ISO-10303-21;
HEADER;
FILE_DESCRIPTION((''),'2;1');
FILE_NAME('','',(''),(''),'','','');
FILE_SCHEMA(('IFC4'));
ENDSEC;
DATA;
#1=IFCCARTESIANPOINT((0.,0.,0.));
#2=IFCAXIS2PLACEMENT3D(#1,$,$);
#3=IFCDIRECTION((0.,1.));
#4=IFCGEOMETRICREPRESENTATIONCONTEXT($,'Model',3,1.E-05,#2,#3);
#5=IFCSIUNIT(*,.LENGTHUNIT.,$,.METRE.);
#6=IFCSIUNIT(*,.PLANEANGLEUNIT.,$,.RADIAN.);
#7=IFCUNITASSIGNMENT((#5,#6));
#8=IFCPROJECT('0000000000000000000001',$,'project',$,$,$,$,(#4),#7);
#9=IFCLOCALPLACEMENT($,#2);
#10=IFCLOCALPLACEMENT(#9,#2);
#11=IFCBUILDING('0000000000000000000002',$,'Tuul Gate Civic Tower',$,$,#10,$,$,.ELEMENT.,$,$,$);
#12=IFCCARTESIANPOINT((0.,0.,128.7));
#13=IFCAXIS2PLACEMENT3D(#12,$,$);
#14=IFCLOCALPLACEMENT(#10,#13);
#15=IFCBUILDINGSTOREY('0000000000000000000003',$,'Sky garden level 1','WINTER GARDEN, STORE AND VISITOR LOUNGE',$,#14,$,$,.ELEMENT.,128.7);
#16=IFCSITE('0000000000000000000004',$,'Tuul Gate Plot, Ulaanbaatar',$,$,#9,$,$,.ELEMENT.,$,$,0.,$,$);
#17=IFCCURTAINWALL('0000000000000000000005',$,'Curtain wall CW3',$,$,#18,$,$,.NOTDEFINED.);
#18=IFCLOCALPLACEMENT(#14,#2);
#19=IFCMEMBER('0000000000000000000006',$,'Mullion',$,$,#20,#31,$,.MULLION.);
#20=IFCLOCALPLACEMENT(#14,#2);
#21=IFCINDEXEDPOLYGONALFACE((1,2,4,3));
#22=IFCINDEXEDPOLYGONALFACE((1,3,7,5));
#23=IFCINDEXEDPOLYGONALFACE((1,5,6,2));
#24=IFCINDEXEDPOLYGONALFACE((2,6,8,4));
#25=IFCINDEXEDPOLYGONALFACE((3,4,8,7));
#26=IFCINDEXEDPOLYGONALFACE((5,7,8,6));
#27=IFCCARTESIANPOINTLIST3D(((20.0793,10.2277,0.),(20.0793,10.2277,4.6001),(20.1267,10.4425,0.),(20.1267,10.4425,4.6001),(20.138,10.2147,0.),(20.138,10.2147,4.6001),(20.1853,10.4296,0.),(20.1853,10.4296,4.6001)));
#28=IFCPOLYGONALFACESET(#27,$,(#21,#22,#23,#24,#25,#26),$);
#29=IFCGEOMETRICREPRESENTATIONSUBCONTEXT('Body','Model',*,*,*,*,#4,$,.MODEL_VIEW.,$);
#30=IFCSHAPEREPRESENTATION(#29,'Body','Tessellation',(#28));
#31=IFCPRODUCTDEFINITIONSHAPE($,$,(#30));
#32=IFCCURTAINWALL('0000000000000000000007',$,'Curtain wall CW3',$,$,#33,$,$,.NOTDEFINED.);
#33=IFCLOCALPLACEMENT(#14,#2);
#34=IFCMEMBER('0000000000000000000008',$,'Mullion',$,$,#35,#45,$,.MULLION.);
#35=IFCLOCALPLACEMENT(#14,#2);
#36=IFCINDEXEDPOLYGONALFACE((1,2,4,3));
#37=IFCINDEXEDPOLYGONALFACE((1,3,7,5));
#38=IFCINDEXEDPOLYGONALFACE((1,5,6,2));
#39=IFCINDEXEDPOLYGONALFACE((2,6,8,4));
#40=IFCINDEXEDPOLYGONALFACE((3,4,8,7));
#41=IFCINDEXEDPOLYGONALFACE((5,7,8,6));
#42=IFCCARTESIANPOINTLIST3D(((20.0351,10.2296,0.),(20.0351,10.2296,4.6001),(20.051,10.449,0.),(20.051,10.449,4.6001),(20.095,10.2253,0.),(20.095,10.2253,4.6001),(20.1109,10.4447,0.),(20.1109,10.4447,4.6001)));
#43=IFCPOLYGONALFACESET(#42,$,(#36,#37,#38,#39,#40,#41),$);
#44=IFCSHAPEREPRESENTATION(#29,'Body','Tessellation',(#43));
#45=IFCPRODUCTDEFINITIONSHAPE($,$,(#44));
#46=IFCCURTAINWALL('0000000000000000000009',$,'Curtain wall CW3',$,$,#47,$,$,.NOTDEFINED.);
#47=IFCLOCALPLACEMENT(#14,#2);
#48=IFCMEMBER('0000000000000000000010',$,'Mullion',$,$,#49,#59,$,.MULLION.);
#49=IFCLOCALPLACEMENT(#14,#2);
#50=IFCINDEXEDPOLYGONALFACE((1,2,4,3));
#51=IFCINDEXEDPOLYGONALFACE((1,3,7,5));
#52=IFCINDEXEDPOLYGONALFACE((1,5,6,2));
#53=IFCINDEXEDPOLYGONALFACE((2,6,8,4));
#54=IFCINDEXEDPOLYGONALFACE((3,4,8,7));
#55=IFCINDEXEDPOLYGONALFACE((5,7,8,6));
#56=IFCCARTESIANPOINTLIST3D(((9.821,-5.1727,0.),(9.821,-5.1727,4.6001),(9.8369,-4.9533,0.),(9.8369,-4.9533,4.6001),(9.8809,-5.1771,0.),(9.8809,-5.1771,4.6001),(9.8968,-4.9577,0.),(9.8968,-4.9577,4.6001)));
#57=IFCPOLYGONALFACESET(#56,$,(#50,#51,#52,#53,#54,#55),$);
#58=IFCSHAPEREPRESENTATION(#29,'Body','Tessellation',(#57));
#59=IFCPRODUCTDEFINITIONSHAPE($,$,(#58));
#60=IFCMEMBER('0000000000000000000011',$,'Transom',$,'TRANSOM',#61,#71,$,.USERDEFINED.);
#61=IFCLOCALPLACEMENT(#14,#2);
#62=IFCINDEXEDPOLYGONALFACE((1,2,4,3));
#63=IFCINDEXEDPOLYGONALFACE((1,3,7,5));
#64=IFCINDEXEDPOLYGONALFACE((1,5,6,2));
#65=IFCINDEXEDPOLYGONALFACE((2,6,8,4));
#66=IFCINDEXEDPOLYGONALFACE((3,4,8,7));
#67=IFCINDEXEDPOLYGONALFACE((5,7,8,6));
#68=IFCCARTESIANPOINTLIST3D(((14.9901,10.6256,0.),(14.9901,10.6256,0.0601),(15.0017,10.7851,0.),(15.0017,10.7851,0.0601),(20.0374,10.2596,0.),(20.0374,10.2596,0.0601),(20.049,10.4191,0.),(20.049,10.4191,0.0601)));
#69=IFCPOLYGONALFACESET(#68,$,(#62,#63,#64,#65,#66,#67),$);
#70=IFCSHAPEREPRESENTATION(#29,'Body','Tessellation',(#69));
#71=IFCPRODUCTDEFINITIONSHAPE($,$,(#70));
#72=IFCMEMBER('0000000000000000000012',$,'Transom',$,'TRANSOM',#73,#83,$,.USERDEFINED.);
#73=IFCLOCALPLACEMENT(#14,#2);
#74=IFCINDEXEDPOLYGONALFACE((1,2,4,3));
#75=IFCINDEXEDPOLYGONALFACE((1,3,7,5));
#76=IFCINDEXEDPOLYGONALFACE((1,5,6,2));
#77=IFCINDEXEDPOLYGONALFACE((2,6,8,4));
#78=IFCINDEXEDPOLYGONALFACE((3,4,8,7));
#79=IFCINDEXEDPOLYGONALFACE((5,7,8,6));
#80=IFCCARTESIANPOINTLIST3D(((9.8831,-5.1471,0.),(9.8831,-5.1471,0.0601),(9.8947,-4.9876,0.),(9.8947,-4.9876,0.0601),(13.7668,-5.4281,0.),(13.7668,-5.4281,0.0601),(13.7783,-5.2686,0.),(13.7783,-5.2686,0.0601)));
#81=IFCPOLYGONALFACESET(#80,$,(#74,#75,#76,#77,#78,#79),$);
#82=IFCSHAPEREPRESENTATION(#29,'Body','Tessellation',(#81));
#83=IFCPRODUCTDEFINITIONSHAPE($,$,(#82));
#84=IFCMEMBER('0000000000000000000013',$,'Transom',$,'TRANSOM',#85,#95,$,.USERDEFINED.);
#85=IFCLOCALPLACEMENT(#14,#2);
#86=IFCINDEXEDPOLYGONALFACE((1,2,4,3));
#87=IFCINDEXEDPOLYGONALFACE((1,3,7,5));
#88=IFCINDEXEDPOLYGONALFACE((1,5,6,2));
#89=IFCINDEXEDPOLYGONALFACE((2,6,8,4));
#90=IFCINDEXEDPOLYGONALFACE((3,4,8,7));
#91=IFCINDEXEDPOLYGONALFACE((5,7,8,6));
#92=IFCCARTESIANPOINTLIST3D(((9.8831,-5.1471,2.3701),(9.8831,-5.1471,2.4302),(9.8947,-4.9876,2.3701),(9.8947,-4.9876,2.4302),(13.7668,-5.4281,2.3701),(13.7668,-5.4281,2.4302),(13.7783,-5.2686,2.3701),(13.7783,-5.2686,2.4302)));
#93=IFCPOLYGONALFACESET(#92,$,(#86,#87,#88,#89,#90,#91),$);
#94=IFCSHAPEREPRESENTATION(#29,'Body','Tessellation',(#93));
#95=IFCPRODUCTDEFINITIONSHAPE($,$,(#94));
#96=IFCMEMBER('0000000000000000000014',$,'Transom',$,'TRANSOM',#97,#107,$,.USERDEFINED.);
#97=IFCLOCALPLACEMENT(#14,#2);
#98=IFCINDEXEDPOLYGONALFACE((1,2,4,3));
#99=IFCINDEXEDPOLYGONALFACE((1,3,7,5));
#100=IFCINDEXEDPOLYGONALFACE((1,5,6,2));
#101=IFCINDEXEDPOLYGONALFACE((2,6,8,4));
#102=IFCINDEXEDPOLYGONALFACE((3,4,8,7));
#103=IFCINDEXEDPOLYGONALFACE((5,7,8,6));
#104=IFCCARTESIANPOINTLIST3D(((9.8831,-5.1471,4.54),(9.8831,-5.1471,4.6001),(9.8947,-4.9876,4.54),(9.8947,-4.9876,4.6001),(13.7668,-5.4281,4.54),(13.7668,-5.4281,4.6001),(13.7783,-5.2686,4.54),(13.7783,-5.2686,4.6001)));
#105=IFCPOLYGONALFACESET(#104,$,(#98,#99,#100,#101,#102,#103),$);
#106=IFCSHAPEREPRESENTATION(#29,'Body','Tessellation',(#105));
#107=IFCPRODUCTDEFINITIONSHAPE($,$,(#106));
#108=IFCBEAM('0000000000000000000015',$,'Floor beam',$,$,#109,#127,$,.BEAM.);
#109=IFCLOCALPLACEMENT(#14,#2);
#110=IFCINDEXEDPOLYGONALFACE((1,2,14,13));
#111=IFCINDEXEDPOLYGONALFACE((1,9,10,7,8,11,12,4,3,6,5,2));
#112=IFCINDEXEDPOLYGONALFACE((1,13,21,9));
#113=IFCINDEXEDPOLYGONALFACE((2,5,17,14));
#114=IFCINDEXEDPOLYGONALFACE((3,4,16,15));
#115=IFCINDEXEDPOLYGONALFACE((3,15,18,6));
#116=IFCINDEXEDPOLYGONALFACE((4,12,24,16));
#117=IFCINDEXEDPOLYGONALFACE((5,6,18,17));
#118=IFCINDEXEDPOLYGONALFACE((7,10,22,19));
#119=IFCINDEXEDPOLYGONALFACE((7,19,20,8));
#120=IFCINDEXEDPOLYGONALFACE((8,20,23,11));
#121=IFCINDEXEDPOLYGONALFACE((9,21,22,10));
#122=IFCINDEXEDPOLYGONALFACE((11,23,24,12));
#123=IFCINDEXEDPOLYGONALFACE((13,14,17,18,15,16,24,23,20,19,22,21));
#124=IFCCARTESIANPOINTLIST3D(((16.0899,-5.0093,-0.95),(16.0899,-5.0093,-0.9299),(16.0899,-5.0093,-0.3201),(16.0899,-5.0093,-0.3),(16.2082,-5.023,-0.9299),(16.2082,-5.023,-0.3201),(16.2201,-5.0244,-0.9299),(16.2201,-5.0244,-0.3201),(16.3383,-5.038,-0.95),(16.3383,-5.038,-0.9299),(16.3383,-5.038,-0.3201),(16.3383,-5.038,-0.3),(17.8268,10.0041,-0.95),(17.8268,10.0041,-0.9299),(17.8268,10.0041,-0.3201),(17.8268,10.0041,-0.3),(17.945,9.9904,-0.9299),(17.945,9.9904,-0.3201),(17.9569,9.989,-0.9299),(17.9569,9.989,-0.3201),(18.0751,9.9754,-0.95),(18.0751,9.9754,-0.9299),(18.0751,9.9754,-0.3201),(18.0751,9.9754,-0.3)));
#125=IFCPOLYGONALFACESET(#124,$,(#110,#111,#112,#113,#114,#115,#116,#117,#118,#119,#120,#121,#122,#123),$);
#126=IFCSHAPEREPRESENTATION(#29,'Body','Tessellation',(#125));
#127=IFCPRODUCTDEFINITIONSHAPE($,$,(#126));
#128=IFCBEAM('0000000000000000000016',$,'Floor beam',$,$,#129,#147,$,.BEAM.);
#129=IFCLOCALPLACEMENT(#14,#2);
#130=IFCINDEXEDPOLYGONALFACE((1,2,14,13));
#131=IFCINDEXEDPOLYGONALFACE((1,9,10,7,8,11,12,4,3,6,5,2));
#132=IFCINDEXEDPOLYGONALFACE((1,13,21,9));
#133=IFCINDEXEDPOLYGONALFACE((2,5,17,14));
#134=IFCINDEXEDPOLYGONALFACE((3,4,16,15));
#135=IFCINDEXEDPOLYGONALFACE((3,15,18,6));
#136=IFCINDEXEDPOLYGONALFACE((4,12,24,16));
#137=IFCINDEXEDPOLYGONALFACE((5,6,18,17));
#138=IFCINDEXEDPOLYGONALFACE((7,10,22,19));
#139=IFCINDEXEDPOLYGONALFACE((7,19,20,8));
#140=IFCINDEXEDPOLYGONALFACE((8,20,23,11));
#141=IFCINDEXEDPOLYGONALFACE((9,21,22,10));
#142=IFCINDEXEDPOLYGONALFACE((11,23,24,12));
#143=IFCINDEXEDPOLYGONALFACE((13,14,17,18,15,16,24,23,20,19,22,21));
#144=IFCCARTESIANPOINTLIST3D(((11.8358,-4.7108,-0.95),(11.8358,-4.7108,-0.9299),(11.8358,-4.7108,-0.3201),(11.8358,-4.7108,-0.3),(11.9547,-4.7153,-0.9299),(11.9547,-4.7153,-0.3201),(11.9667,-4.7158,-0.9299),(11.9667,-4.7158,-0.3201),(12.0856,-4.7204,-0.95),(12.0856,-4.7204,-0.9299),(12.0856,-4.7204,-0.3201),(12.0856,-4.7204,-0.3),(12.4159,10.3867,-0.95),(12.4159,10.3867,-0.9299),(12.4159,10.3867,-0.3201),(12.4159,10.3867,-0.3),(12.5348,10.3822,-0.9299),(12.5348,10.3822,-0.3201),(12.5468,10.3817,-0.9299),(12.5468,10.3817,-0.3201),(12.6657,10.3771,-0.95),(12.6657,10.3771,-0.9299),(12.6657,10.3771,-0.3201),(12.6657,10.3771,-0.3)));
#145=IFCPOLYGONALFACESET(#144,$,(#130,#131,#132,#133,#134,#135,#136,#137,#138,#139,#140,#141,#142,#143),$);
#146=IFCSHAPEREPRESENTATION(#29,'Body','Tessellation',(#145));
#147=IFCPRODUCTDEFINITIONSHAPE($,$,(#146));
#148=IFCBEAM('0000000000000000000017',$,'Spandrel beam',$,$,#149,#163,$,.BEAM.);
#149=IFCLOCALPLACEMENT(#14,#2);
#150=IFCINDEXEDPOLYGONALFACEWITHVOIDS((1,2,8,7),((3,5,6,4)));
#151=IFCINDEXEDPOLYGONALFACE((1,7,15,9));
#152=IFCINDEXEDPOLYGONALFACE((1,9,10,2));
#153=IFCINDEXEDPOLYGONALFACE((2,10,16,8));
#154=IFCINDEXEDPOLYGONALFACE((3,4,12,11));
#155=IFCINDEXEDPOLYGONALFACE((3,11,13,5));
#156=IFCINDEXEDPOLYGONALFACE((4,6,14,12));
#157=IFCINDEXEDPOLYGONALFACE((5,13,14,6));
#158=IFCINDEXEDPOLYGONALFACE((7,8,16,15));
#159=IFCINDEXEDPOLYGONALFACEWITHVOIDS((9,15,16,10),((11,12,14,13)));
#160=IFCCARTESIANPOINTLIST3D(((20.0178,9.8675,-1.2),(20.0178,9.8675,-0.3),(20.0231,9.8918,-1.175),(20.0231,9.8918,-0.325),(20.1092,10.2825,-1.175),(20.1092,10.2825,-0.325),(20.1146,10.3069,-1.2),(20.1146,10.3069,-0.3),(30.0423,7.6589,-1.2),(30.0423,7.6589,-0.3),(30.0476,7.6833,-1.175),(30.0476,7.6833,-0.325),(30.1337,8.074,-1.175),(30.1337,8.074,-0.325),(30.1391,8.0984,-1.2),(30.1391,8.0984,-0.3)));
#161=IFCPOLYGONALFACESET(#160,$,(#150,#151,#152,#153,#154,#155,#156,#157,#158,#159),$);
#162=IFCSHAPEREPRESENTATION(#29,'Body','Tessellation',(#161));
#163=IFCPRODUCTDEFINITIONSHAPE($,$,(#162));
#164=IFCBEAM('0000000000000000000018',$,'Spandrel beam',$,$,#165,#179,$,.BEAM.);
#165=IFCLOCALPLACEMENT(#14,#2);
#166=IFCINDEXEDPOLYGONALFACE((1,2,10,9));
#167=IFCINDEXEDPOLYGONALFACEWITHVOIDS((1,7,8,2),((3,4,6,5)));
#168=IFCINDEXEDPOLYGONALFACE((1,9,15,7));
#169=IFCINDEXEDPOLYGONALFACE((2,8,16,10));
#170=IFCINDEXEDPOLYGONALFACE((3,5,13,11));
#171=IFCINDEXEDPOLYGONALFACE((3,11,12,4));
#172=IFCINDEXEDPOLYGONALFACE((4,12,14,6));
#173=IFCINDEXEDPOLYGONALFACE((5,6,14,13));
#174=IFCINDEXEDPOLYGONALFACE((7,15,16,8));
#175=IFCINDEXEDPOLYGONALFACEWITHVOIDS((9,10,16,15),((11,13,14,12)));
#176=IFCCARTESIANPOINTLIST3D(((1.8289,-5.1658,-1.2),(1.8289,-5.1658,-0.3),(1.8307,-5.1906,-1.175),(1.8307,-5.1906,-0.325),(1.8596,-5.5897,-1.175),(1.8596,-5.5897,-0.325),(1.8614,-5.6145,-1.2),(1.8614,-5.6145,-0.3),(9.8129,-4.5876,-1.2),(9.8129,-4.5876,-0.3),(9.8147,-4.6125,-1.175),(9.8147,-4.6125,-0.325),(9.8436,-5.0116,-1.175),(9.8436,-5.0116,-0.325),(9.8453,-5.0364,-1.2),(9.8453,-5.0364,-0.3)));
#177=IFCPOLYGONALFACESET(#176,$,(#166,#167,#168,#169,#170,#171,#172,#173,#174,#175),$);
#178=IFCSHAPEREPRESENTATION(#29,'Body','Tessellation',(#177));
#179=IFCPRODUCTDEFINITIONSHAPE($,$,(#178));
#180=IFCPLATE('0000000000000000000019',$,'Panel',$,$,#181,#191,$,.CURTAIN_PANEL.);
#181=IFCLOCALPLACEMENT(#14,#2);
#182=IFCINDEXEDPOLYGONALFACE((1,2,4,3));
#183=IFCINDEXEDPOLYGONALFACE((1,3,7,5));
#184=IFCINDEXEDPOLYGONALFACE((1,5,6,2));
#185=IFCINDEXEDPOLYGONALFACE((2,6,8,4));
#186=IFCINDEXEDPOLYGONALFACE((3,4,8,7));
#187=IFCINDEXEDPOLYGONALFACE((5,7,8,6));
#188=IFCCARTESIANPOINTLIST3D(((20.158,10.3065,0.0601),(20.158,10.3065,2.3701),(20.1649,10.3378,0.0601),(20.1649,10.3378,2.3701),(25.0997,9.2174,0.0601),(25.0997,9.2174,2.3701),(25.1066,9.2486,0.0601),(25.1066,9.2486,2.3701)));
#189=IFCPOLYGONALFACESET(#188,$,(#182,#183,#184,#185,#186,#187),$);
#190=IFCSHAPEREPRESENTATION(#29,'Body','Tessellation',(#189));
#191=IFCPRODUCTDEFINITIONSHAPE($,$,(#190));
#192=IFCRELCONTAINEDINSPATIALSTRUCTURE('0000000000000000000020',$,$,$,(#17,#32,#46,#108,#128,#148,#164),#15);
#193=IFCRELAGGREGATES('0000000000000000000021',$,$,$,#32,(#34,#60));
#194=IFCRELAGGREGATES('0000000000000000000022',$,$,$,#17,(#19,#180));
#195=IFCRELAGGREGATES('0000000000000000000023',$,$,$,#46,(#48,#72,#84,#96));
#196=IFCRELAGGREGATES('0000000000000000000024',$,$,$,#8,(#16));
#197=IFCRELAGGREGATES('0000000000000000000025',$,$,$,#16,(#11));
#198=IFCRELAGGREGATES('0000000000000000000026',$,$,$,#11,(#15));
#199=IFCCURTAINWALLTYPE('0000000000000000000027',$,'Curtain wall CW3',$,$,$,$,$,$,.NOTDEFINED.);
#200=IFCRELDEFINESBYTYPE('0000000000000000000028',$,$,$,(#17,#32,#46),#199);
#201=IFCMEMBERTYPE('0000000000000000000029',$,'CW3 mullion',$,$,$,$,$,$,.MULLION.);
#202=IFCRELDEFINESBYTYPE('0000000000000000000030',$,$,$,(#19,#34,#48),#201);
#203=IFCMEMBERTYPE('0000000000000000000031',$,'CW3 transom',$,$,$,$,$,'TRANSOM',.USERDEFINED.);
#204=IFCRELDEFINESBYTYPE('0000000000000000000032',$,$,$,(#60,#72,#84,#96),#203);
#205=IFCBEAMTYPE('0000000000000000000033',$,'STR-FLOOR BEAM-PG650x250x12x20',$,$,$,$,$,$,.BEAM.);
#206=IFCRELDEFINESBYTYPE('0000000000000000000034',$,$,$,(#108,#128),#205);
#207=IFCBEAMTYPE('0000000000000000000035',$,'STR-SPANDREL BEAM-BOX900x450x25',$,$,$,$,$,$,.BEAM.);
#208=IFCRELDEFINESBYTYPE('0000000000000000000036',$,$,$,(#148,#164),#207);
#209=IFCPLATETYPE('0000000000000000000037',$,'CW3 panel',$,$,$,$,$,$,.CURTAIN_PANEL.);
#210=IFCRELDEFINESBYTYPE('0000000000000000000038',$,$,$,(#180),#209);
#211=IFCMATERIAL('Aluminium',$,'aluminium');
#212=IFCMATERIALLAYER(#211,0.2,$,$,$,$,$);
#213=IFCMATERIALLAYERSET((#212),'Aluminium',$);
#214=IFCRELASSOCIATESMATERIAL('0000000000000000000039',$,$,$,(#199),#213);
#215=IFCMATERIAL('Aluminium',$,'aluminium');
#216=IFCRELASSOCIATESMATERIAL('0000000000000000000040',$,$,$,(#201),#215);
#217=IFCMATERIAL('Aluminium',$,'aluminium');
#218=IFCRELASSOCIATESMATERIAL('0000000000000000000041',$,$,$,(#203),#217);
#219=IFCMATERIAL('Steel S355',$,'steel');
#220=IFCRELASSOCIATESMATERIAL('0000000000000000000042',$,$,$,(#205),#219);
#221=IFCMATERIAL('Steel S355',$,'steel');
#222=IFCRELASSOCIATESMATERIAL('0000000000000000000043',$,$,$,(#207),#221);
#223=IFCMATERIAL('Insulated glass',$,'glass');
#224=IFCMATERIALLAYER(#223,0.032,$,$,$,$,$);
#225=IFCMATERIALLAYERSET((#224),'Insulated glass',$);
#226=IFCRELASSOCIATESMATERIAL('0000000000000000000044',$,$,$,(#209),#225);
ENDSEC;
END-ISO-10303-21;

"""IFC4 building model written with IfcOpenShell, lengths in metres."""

from ifc_helpers import new_model, si_unit, direction, frame, origin, origin_2d, place, context, subcontext, project, spatial, rectangle, hollow_rectangle, i_section, extrude, material, layer, layer_set, material_profile, profile_set, type_object, element, aggregate, save


model = new_model("IFC4")

# Units and contexts
model_context = context("Model", 3, precision=1e-05, world=origin(), true_north=direction((0.0, 1.0)))
body_context = subcontext(model_context, "Body", "Model", "MODEL_VIEW")
ifc_project = project(units=[si_unit("LENGTHUNIT", "METRE"), si_unit("PLANEANGLEUNIT", "RADIAN")], contexts=[model_context])

# Site, building, storey
site_placement = place(None, origin())
site = spatial("IfcSite", under=ifc_project, at=site_placement, Name="Tuul Gate Plot, Ulaanbaatar", CompositionType="ELEMENT", RefElevation=0.0)
building_placement = place(site_placement, origin())
building = spatial("IfcBuilding", under=site, at=building_placement, Name="Tuul Gate Civic Tower", CompositionType="ELEMENT")
storey_placement = place(building_placement, frame((0.0, 0.0, 128.7)))
storey = spatial("IfcBuildingStorey", under=building, at=storey_placement, Name="Sky garden level 1", Description="WINTER GARDEN, STORE AND VISITOR LOUNGE", CompositionType="ELEMENT", Elevation=128.7)

# Curtain walls, members
ifc_material_1 = material(Name="Aluminium", Category="aluminium")
ifc_layer_1 = layer(ifc_material_1, 0.2)
ifc_layer_set_1 = layer_set([ifc_layer_1], Name="Aluminium")
curtain_wall_type = type_object("IfcCurtainWallType", Name="Curtain wall CW3", PredefinedType="NOTDEFINED", material=ifc_layer_set_1)
curtain_wall_1_placement = place(storey_placement, origin())
curtain_wall_1 = element("IfcCurtainWall", 1, at=curtain_wall_1_placement, inside=storey, type_object=curtain_wall_type, Name="Curtain wall CW3", PredefinedType="NOTDEFINED")
ifc_material_2 = material(Name="Aluminium", Category="aluminium")
ifc_material_profile_1 = material_profile(ifc_material_2, rectangle(XDim=0.22, YDim=0.0601, at=origin_2d()), Name="CW3 mullion")
ifc_profile_set_1 = profile_set([ifc_material_profile_1], Name="Aluminium")
member_type_1 = type_object("IfcMemberType", Name="CW3 mullion", PredefinedType="MULLION", material=ifc_profile_set_1)
member_1_placement = place(storey_placement, frame((20.1323, 10.3286, 0.0), z_axis=(0.0, 0.0, 1.0), x_axis=(-0.215234, -0.976562, 0.0)))
member_1 = element("IfcMember", 2, at=member_1_placement, type_object=member_type_1, Name="Mullion", PredefinedType="MULLION", context=body_context, shape_type="SweptSolid", body=[
    extrude(rectangle(XDim=0.22, YDim=0.0601, at=origin_2d()), origin(), (0.0, 0.0, 1.0), 4.6001),
])
curtain_wall_2_placement = place(storey_placement, origin())
curtain_wall_2 = element("IfcCurtainWall", 3, at=curtain_wall_2_placement, inside=storey, type_object=curtain_wall_type, Name="Curtain wall CW3", PredefinedType="NOTDEFINED")
member_2_placement = place(storey_placement, frame((20.073, 10.3372, 0.0), z_axis=(0.0, 0.0, 1.0), x_axis=(-0.072323, -0.997381, 0.0)))
member_2 = element("IfcMember", 4, at=member_2_placement, type_object=member_type_1, Name="Mullion", PredefinedType="MULLION", context=body_context, shape_type="SweptSolid", body=[
    extrude(rectangle(XDim=0.22, YDim=0.0601, at=origin_2d()), origin(), (0.0, 0.0, 1.0), 4.6001),
])
curtain_wall_3_placement = place(storey_placement, origin())
curtain_wall_3 = element("IfcCurtainWall", 5, at=curtain_wall_3_placement, inside=storey, type_object=curtain_wall_type, Name="Curtain wall CW3", PredefinedType="NOTDEFINED")
member_3_placement = place(storey_placement, frame((9.8589, -5.0652, 0.0), z_axis=(0.0, 0.0, 1.0), x_axis=(0.072166, 0.997393, 0.0)))
member_3 = element("IfcMember", 6, at=member_3_placement, type_object=member_type_1, Name="Mullion", PredefinedType="MULLION", context=body_context, shape_type="SweptSolid", body=[
    extrude(rectangle(XDim=0.22, YDim=0.0601, at=origin_2d()), origin(), (0.0, 0.0, 1.0), 4.6001),
])

# Members
ifc_material_3 = material(Name="Aluminium", Category="aluminium")
ifc_material_profile_2 = material_profile(ifc_material_3, rectangle(XDim=0.1599, YDim=0.0601, at=origin_2d()), Name="CW3 transom")
ifc_profile_set_2 = profile_set([ifc_material_profile_2], Name="Aluminium")
member_type_2 = type_object("IfcMemberType", Name="CW3 transom", ElementType="TRANSOM", PredefinedType="USERDEFINED", material=ifc_profile_set_2)
member_4_placement = place(storey_placement, frame((20.0432, 10.3394, 0.03), z_axis=(-0.997382, 0.072317, 0.0), x_axis=(-0.072317, -0.997382, 0.0)))
member_4 = element("IfcMember", 7, at=member_4_placement, type_object=member_type_2, Name="Transom", ObjectType="TRANSOM", PredefinedType="USERDEFINED", context=body_context, shape_type="SweptSolid", body=[
    extrude(rectangle(XDim=0.1599, YDim=0.0601, at=origin_2d()), origin(), (0.0, 0.0, 1.0), 5.0605),
])
aggregate(curtain_wall_2, [member_2, member_4])
member_5_placement = place(storey_placement, frame((9.8889, -5.0674, 0.03), z_axis=(0.997392, -0.072169, 0.0), x_axis=(0.072169, 0.997392, 0.0)))
member_5 = element("IfcMember", 8, at=member_5_placement, type_object=member_type_2, Name="Transom", ObjectType="TRANSOM", PredefinedType="USERDEFINED", context=body_context, shape_type="SweptSolid", body=[
    extrude(rectangle(XDim=0.1599, YDim=0.0601, at=origin_2d()), origin(), (0.0, 0.0, 1.0), 3.8938),
])
member_6_placement = place(storey_placement, frame((9.8889, -5.0674, 2.4001), z_axis=(0.997392, -0.072169, 0.0), x_axis=(0.072169, 0.997392, 0.0)))
member_6 = element("IfcMember", 9, at=member_6_placement, type_object=member_type_2, Name="Transom", ObjectType="TRANSOM", PredefinedType="USERDEFINED", context=body_context, shape_type="SweptSolid", body=[
    extrude(rectangle(XDim=0.1599, YDim=0.0601, at=origin_2d()), origin(), (0.0, 0.0, 1.0), 3.8938),
])
member_7_placement = place(storey_placement, frame((9.8889, -5.0674, 4.5701), z_axis=(0.997392, -0.072169, 0.0), x_axis=(0.072169, 0.997392, 0.0)))
member_7 = element("IfcMember", 10, at=member_7_placement, type_object=member_type_2, Name="Transom", ObjectType="TRANSOM", PredefinedType="USERDEFINED", context=body_context, shape_type="SweptSolid", body=[
    extrude(rectangle(XDim=0.1599, YDim=0.0601, at=origin_2d()), origin(), (0.0, 0.0, 1.0), 3.8938),
])

# Beams
ifc_material_4 = material(Name="Steel S355", Category="steel")
ifc_material_profile_3 = material_profile(ifc_material_4, i_section(OverallWidth=0.25, OverallDepth=0.6499, WebThickness=0.012, FlangeThickness=0.02, at=origin_2d()), Name="PG650x250x12x20")
ifc_profile_set_3 = profile_set([ifc_material_profile_3], Name="Steel S355")
beam_type_1 = type_object("IfcBeamType", Name="STR-FLOOR BEAM-PG650x250x12x20", PredefinedType="BEAM", material=ifc_profile_set_3)
beam_1_placement = place(storey_placement, frame((16.2141, -5.0237, -0.625), z_axis=(0.114918, 0.993375, 0.0), x_axis=(-0.993375, 0.114918, 0.0)))
element("IfcBeam", 11, at=beam_1_placement, inside=storey, type_object=beam_type_1, Name="Floor beam", PredefinedType="BEAM", context=body_context, shape_type="SweptSolid", body=[
    extrude(i_section(OverallWidth=0.25, OverallDepth=0.6499, WebThickness=0.012, FlangeThickness=0.02, at=origin_2d()), origin(), (0.0, 0.0, 1.0), 15.1135),
])
beam_2_placement = place(storey_placement, frame((11.9607, -4.7156, -0.625), z_axis=(0.038394, 0.999263, 0.0), x_axis=(-0.999263, 0.038394, 0.0)))
element("IfcBeam", 12, at=beam_2_placement, inside=storey, type_object=beam_type_1, Name="Floor beam", PredefinedType="BEAM", context=body_context, shape_type="SweptSolid", body=[
    extrude(i_section(OverallWidth=0.25, OverallDepth=0.6499, WebThickness=0.012, FlangeThickness=0.02, at=origin_2d()), origin(), (0.0, 0.0, 1.0), 15.1086),
])
ifc_material_5 = material(Name="Steel S355", Category="steel")
ifc_material_profile_4 = material_profile(ifc_material_5, hollow_rectangle(XDim=0.45, YDim=0.8999, WallThickness=0.0249, at=origin_2d()), Name="BOX900x450x25")
ifc_profile_set_4 = profile_set([ifc_material_profile_4], Name="Steel S355")
beam_type_2 = type_object("IfcBeamType", Name="STR-SPANDREL BEAM-BOX900x450x25", PredefinedType="BEAM", material=ifc_profile_set_4)
beam_3_placement = place(storey_placement, frame((20.0662, 10.0872, -0.75), z_axis=(0.976581, -0.215152, 0.0), x_axis=(0.215152, 0.976581, 0.0)))
element("IfcBeam", 13, at=beam_3_placement, inside=storey, type_object=beam_type_2, Name="Spandrel beam", PredefinedType="BEAM", context=body_context, shape_type="SweptSolid", body=[
    extrude(hollow_rectangle(XDim=0.45, YDim=0.8999, WallThickness=0.0249, at=origin_2d()), origin(), (0.0, 0.0, 1.0), 10.2649),
])
beam_4_placement = place(storey_placement, frame((9.8291, -4.812, -0.75), z_axis=(-0.997389, -0.072222, 0.0), x_axis=(0.072222, -0.997389, 0.0)))
element("IfcBeam", 14, at=beam_4_placement, inside=storey, type_object=beam_type_2, Name="Spandrel beam", PredefinedType="BEAM", context=body_context, shape_type="SweptSolid", body=[
    extrude(hollow_rectangle(XDim=0.45, YDim=0.8999, WallThickness=0.0249, at=origin_2d()), origin(), (0.0, 0.0, 1.0), 8.0049),
])

# Plate
ifc_material_6 = material(Name="Insulated glass", Category="glass")
ifc_layer_2 = layer(ifc_material_6, 0.032)
ifc_layer_set_2 = layer_set([ifc_layer_2], Name="Insulated glass")
plate_type = type_object("IfcPlateType", Name="CW3 panel", PredefinedType="CURTAIN_PANEL", material=ifc_layer_set_2)
plate_1_placement = place(storey_placement, frame((22.6323, 9.7776, 0.0601), z_axis=(0.0, 0.0, 1.0), x_axis=(-0.976562, 0.215234, 0.0)))
plate_1 = element("IfcPlate", 15, at=plate_1_placement, type_object=plate_type, Name="Panel", PredefinedType="CURTAIN_PANEL", context=body_context, shape_type="SweptSolid", body=[
    extrude(rectangle(XDim=5.0603, YDim=0.032, at=origin_2d()), origin(), (0.0, 0.0, 1.0), 2.3101),
])
aggregate(curtain_wall_1, [member_1, plate_1])
aggregate(curtain_wall_3, [member_3, member_5, member_6, member_7])

save(model, "model.ifc")
